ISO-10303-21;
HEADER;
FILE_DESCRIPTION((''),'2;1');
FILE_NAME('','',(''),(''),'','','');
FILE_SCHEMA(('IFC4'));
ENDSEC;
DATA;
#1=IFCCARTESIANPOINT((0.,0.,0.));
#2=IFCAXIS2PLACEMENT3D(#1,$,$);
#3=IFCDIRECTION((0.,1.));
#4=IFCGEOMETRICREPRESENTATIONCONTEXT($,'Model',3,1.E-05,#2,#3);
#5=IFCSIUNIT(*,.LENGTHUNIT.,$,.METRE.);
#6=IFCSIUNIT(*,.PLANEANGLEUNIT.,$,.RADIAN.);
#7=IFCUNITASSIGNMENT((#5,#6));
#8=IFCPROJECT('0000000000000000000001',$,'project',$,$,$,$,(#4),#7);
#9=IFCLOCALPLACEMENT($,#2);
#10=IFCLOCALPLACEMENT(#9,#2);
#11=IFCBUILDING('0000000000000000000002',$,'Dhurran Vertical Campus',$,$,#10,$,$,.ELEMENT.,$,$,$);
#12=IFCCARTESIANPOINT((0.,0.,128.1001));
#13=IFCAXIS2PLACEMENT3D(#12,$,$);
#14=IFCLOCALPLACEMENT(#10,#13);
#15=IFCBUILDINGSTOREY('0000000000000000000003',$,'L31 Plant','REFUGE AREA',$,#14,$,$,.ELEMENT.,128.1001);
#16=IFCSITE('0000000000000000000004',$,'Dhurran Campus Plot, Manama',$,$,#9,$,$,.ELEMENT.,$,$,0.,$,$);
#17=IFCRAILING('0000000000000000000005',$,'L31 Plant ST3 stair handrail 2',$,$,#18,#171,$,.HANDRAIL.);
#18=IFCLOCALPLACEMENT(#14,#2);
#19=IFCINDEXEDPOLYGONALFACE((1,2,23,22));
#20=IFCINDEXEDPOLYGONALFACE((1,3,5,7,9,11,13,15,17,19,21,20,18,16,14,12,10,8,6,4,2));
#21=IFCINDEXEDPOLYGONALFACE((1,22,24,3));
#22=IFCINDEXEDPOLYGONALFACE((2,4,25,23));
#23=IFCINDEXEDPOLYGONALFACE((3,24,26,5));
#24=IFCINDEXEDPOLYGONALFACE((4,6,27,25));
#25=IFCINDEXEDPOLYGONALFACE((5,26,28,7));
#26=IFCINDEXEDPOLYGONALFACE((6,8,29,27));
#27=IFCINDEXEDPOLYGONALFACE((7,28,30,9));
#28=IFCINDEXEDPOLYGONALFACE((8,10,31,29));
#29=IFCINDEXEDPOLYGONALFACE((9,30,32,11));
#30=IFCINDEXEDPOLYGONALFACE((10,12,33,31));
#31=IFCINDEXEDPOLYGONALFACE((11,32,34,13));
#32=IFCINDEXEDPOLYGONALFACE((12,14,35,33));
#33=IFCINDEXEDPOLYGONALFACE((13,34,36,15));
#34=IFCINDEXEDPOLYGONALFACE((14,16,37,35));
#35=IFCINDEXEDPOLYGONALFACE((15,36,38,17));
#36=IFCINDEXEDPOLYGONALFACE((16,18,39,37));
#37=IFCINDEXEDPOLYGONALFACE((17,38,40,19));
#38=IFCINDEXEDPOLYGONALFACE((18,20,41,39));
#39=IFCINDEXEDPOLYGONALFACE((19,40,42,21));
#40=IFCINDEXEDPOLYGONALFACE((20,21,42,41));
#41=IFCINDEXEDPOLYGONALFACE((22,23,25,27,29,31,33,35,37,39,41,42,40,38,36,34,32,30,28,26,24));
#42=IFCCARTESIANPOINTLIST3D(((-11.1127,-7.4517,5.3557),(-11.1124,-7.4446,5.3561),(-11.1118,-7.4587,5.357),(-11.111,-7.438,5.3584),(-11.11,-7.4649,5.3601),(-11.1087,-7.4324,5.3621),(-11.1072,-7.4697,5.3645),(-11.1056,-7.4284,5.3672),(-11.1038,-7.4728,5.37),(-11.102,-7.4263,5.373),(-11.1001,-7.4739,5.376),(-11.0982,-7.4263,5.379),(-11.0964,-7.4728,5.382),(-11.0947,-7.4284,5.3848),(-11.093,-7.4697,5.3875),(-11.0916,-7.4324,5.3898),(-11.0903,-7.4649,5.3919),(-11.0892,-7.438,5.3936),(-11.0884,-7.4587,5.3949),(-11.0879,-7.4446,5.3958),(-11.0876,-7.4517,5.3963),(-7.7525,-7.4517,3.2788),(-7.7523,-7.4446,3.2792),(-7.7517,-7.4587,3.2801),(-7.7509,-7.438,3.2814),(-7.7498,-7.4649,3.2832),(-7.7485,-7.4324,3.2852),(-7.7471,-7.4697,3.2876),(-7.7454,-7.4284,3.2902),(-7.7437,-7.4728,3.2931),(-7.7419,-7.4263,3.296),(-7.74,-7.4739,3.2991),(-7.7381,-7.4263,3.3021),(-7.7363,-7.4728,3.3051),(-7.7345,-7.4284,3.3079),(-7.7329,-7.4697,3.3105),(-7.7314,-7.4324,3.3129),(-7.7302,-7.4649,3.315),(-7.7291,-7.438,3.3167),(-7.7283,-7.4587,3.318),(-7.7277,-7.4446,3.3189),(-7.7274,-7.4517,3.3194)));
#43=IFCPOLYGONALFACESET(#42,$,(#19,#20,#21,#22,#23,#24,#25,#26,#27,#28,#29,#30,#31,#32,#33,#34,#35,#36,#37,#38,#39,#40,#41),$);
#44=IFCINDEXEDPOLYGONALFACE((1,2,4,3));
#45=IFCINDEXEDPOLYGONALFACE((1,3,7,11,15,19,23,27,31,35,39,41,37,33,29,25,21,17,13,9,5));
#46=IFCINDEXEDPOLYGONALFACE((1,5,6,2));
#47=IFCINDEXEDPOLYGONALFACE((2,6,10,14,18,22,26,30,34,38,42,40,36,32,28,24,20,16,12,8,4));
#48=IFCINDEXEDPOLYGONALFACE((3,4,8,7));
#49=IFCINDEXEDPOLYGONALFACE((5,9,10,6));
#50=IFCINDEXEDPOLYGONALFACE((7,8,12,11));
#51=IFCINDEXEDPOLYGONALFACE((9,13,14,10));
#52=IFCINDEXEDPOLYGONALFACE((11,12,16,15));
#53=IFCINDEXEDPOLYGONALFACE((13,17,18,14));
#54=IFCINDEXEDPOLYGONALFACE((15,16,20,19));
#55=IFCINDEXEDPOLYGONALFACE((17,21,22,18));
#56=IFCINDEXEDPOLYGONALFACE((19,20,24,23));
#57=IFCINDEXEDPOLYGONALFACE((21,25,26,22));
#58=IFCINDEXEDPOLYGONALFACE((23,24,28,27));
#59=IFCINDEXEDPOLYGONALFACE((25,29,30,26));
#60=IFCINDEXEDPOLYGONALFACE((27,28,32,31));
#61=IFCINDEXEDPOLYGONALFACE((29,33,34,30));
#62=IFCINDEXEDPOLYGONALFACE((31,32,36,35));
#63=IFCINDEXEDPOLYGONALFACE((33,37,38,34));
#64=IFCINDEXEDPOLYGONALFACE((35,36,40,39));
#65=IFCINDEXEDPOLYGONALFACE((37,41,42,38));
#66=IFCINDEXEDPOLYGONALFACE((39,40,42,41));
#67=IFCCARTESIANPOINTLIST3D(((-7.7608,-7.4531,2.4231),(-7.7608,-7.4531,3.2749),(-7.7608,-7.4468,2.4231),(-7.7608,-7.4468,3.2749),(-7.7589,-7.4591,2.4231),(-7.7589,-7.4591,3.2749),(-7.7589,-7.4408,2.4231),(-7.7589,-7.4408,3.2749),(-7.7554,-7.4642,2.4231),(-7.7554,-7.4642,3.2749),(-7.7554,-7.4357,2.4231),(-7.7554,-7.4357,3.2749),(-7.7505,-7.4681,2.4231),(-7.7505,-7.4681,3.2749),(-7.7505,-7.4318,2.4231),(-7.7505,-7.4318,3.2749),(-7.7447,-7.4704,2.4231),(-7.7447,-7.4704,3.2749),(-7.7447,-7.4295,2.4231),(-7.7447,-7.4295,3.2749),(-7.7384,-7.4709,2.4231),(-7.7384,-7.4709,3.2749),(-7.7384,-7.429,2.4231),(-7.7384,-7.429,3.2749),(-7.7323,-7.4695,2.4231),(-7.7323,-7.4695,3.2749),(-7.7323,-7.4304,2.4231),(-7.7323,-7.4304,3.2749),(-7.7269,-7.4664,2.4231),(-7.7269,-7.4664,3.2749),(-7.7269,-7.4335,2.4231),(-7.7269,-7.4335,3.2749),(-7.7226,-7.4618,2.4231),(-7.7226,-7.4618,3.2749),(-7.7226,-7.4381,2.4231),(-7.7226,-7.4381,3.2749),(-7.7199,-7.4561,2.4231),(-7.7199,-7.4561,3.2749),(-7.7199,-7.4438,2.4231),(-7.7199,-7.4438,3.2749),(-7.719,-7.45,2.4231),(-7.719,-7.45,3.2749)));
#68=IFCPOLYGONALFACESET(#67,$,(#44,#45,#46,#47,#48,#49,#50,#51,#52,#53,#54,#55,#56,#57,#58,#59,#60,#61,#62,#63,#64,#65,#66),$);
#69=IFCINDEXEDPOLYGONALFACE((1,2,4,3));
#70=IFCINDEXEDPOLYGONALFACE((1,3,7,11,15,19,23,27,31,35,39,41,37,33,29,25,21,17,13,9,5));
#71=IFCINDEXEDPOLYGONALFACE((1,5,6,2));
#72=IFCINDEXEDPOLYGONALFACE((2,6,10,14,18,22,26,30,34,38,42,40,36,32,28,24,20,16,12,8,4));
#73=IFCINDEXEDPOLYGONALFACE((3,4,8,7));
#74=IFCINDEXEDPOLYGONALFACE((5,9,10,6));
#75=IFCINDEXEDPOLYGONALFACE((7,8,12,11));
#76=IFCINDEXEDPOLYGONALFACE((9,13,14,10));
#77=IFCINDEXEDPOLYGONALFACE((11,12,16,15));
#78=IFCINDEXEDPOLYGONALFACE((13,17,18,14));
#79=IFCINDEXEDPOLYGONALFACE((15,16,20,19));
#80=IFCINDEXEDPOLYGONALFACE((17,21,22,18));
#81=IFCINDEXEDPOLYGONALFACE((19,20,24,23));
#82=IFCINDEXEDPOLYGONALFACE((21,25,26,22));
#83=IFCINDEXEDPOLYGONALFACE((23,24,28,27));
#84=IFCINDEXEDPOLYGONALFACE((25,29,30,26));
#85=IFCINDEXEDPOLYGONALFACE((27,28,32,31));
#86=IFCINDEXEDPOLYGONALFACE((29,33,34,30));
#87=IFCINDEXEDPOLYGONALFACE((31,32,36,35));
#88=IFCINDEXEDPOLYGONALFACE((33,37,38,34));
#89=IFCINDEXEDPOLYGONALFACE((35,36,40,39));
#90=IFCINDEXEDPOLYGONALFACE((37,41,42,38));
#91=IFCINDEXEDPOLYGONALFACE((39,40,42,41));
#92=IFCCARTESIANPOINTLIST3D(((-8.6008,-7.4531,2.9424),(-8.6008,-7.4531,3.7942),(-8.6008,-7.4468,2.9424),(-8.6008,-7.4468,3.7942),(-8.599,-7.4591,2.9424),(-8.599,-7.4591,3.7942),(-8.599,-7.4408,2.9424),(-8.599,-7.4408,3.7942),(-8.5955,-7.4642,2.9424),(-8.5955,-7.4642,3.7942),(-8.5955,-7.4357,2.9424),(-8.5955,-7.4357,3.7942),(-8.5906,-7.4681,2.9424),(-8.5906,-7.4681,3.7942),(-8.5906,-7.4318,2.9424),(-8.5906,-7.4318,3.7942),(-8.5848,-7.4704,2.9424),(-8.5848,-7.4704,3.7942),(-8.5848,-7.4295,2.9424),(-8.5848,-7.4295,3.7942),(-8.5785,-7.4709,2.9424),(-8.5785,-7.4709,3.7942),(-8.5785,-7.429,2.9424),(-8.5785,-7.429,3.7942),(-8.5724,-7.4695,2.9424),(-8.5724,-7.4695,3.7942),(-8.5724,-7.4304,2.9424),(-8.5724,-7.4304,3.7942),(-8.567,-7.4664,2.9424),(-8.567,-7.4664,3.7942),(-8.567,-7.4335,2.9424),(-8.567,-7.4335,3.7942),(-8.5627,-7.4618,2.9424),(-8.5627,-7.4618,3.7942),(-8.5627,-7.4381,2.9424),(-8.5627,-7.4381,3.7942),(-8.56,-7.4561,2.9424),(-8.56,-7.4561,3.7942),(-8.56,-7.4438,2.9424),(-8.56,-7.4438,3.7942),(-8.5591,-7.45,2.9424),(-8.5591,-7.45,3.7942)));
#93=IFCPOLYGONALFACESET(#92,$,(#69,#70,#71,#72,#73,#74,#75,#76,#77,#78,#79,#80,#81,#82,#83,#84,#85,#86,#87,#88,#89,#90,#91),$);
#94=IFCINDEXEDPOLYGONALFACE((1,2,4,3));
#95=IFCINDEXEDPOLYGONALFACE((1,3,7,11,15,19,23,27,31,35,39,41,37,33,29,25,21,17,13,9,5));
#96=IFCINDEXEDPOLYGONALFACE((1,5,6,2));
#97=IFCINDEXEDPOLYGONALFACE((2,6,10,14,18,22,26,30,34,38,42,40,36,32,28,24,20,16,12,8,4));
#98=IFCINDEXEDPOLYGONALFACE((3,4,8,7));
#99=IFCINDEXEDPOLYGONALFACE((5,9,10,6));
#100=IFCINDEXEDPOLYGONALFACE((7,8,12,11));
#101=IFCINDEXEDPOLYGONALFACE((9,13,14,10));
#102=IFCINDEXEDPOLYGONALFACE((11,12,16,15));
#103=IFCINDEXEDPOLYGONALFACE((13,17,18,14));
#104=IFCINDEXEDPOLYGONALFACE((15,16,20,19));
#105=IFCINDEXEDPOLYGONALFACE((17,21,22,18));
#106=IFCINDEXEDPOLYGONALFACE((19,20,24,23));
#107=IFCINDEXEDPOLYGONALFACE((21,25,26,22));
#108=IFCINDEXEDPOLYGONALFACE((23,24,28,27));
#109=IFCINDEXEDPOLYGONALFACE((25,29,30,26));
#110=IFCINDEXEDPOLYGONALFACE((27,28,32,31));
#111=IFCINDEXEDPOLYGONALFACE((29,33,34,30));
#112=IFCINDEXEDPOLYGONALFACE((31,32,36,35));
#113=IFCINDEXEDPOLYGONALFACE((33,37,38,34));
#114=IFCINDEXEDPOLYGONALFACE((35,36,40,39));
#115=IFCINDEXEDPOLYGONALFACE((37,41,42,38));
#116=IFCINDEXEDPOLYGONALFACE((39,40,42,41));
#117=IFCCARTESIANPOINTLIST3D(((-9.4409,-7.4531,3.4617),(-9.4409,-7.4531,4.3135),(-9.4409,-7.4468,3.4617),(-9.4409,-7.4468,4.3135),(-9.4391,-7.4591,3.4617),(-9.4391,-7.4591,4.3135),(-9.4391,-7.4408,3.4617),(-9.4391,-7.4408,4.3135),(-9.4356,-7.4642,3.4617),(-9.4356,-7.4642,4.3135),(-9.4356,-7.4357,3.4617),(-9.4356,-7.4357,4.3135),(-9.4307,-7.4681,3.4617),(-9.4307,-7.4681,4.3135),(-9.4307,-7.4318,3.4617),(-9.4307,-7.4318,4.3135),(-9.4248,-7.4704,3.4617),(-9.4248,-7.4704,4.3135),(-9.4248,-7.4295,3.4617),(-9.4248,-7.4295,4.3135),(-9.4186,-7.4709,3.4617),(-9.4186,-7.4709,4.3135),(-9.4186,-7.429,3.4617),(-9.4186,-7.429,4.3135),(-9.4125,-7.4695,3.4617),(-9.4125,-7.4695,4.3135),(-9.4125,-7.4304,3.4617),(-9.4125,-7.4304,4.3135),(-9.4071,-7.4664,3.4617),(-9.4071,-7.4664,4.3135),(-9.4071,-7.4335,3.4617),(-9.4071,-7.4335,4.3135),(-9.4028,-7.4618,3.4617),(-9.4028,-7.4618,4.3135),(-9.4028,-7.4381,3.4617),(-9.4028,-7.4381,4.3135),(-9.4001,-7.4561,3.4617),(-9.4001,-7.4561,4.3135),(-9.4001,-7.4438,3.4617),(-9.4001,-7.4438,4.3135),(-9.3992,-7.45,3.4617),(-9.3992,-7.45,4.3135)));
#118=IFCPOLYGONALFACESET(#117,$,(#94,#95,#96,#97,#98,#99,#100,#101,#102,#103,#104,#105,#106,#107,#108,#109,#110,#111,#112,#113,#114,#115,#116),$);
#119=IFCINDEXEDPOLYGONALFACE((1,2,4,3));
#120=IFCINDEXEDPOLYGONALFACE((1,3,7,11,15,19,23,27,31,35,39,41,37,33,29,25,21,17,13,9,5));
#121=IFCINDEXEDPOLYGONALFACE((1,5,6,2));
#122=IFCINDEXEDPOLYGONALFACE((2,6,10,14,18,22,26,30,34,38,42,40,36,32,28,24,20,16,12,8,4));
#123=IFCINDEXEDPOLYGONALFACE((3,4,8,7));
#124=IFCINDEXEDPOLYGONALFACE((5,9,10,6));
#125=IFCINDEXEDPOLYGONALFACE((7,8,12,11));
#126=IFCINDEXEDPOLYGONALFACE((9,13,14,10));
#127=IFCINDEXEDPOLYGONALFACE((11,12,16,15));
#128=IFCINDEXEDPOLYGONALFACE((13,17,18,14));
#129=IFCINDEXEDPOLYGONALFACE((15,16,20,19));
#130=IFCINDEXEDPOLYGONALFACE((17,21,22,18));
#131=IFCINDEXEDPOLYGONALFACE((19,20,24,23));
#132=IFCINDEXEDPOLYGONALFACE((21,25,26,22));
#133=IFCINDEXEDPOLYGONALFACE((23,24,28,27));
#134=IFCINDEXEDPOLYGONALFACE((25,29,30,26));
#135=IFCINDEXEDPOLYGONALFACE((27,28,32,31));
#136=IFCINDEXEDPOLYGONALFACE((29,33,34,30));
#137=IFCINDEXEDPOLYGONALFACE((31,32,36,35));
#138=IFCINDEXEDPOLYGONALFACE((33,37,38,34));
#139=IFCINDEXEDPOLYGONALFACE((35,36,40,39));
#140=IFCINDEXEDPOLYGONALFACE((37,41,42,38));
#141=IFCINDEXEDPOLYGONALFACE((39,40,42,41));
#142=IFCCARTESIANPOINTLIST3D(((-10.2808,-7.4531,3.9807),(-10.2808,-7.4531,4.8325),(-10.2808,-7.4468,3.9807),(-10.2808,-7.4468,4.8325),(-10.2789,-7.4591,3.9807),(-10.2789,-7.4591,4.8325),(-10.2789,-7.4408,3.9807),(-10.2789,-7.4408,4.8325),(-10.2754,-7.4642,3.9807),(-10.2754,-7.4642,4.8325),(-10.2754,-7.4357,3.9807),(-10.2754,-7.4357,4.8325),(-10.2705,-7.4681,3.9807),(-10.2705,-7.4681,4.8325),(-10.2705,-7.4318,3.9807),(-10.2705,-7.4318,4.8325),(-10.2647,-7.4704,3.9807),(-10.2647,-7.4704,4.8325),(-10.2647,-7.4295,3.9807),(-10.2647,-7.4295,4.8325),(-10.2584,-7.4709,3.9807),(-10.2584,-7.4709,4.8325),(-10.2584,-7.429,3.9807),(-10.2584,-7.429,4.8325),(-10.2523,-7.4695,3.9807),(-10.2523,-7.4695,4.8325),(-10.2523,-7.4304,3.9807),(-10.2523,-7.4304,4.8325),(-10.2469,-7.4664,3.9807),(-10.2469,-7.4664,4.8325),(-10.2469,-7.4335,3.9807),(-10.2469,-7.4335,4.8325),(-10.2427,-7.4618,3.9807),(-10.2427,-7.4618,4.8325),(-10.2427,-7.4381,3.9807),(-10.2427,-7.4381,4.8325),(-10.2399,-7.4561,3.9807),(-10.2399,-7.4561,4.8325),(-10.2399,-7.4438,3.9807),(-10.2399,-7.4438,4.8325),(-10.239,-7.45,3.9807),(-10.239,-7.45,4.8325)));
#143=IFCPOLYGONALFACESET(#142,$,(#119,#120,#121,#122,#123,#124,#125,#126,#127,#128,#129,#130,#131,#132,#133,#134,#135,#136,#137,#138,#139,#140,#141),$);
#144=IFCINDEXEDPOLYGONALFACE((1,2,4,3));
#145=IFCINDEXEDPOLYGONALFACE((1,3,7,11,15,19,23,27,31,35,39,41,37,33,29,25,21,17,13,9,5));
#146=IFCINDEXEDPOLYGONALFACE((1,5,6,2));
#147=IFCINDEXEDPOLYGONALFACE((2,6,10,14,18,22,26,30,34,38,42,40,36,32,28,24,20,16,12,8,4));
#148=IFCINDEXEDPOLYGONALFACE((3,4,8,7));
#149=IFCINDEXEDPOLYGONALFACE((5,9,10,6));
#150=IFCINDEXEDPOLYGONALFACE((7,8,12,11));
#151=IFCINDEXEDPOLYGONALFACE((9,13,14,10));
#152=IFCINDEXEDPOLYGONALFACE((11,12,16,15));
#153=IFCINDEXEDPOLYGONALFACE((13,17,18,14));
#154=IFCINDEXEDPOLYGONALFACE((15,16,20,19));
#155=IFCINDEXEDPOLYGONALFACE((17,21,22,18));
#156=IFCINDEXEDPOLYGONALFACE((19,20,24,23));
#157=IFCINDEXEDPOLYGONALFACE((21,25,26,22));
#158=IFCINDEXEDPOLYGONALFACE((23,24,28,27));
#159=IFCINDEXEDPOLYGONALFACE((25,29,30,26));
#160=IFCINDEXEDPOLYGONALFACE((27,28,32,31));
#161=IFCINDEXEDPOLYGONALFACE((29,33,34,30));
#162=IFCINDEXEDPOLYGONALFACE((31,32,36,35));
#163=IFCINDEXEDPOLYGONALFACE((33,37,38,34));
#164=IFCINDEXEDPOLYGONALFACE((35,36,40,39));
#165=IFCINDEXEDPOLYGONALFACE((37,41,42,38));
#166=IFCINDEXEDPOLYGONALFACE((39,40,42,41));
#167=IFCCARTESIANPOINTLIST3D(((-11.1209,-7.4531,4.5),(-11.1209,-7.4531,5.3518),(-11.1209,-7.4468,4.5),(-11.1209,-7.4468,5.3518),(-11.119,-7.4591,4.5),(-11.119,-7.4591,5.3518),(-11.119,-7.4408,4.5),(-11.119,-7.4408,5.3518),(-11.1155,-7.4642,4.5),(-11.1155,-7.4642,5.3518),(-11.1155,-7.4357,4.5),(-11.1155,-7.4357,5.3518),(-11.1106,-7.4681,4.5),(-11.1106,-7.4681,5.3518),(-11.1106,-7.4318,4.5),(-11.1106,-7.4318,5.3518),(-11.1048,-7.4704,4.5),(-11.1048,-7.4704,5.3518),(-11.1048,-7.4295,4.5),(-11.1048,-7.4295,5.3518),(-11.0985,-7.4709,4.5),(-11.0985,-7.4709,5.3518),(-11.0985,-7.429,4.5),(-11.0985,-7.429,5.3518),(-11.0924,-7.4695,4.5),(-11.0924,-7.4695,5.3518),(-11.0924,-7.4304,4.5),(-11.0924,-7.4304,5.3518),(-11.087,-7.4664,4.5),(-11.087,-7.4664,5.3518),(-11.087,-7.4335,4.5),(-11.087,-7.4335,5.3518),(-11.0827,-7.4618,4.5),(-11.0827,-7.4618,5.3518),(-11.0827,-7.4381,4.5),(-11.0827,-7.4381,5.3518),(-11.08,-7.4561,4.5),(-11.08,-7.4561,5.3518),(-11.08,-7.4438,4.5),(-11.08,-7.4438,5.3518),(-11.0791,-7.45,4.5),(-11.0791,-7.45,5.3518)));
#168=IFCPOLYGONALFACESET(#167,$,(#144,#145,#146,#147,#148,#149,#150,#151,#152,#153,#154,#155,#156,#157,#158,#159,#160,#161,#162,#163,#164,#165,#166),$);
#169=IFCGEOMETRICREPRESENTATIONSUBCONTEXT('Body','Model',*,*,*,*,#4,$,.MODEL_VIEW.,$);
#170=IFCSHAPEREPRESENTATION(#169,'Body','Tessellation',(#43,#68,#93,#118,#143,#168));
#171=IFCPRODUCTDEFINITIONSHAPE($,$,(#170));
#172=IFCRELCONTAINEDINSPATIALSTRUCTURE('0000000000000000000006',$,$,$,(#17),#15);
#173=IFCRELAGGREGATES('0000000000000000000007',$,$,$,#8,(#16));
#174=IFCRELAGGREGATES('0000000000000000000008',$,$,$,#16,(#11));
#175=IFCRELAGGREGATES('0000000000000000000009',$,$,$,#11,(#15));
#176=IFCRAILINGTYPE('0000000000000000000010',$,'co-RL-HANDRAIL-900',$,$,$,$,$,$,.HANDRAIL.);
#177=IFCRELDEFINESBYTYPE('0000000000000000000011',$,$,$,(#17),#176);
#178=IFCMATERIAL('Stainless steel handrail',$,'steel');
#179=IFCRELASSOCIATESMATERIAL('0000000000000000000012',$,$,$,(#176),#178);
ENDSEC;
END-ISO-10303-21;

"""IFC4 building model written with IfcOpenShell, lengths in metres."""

from ifc_helpers import new_model, si_unit, direction, frame, origin, origin_2d, place, context, subcontext, project, spatial, circle, extrude, material, type_object, element, save


model = new_model("IFC4")

# Units and contexts
model_context = context("Model", 3, precision=1e-05, world=origin(), true_north=direction((0.0, 1.0)))
body_context = subcontext(model_context, "Body", "Model", "MODEL_VIEW")
ifc_project = project(units=[si_unit("LENGTHUNIT", "METRE"), si_unit("PLANEANGLEUNIT", "RADIAN")], contexts=[model_context])

# Site, building, storey
site_placement = place(None, origin())
site = spatial("IfcSite", under=ifc_project, at=site_placement, Name="Dhurran Campus Plot, Manama", CompositionType="ELEMENT", RefElevation=0.0)
building_placement = place(site_placement, origin())
building = spatial("IfcBuilding", under=site, at=building_placement, Name="Dhurran Vertical Campus", CompositionType="ELEMENT")
storey_placement = place(building_placement, frame((0.0, 0.0, 128.1001)))
storey = spatial("IfcBuildingStorey", under=building, at=storey_placement, Name="L31 Plant", Description="REFUGE AREA", CompositionType="ELEMENT", Elevation=128.1001)

# Railing
ifc_material_1 = material(Name="Stainless steel handrail", Category="steel")
railing_type_1 = type_object("IfcRailingType", Name="co-RL-HANDRAIL-900", PredefinedType="HANDRAIL", material=ifc_material_1)
railing_1_placement = place(storey_placement, frame((-7.74, -7.45, 2.4231)))
element("IfcRailing", 1, at=railing_1_placement, inside=storey, type_object=railing_type_1, Name="L31 Plant ST3 stair handrail 2", PredefinedType="HANDRAIL", context=body_context, shape_type="SweptSolid", body=[
    extrude(circle(Radius=0.0239, at=origin_2d()), frame((0.0, 0.0, 0.876), z_axis=(-0.850623, 0.0, 0.525776), x_axis=(0.0, -1.0, 0.0)), (0.0, 0.0, 1.0), 3.9502),
    extrude(circle(Radius=0.021, at=origin_2d()), origin(), (0.0, 0.0, 1.0), 0.8518),
    extrude(circle(Radius=0.021, at=origin_2d()), frame((-0.8401, 0.0, 0.5193)), (0.0, 0.0, 1.0), 0.8518),
    extrude(circle(Radius=0.021, at=origin_2d()), frame((-1.6802, 0.0, 1.0386)), (0.0, 0.0, 1.0), 0.8518),
    extrude(circle(Radius=0.021, at=origin_2d()), frame((-2.52, 0.0, 1.5576)), (0.0, 0.0, 1.0), 0.8518),
    extrude(circle(Radius=0.021, at=origin_2d()), frame((-3.3601, 0.0, 2.0769)), (0.0, 0.0, 1.0), 0.8518),
])

save(model, "model.ifc")
